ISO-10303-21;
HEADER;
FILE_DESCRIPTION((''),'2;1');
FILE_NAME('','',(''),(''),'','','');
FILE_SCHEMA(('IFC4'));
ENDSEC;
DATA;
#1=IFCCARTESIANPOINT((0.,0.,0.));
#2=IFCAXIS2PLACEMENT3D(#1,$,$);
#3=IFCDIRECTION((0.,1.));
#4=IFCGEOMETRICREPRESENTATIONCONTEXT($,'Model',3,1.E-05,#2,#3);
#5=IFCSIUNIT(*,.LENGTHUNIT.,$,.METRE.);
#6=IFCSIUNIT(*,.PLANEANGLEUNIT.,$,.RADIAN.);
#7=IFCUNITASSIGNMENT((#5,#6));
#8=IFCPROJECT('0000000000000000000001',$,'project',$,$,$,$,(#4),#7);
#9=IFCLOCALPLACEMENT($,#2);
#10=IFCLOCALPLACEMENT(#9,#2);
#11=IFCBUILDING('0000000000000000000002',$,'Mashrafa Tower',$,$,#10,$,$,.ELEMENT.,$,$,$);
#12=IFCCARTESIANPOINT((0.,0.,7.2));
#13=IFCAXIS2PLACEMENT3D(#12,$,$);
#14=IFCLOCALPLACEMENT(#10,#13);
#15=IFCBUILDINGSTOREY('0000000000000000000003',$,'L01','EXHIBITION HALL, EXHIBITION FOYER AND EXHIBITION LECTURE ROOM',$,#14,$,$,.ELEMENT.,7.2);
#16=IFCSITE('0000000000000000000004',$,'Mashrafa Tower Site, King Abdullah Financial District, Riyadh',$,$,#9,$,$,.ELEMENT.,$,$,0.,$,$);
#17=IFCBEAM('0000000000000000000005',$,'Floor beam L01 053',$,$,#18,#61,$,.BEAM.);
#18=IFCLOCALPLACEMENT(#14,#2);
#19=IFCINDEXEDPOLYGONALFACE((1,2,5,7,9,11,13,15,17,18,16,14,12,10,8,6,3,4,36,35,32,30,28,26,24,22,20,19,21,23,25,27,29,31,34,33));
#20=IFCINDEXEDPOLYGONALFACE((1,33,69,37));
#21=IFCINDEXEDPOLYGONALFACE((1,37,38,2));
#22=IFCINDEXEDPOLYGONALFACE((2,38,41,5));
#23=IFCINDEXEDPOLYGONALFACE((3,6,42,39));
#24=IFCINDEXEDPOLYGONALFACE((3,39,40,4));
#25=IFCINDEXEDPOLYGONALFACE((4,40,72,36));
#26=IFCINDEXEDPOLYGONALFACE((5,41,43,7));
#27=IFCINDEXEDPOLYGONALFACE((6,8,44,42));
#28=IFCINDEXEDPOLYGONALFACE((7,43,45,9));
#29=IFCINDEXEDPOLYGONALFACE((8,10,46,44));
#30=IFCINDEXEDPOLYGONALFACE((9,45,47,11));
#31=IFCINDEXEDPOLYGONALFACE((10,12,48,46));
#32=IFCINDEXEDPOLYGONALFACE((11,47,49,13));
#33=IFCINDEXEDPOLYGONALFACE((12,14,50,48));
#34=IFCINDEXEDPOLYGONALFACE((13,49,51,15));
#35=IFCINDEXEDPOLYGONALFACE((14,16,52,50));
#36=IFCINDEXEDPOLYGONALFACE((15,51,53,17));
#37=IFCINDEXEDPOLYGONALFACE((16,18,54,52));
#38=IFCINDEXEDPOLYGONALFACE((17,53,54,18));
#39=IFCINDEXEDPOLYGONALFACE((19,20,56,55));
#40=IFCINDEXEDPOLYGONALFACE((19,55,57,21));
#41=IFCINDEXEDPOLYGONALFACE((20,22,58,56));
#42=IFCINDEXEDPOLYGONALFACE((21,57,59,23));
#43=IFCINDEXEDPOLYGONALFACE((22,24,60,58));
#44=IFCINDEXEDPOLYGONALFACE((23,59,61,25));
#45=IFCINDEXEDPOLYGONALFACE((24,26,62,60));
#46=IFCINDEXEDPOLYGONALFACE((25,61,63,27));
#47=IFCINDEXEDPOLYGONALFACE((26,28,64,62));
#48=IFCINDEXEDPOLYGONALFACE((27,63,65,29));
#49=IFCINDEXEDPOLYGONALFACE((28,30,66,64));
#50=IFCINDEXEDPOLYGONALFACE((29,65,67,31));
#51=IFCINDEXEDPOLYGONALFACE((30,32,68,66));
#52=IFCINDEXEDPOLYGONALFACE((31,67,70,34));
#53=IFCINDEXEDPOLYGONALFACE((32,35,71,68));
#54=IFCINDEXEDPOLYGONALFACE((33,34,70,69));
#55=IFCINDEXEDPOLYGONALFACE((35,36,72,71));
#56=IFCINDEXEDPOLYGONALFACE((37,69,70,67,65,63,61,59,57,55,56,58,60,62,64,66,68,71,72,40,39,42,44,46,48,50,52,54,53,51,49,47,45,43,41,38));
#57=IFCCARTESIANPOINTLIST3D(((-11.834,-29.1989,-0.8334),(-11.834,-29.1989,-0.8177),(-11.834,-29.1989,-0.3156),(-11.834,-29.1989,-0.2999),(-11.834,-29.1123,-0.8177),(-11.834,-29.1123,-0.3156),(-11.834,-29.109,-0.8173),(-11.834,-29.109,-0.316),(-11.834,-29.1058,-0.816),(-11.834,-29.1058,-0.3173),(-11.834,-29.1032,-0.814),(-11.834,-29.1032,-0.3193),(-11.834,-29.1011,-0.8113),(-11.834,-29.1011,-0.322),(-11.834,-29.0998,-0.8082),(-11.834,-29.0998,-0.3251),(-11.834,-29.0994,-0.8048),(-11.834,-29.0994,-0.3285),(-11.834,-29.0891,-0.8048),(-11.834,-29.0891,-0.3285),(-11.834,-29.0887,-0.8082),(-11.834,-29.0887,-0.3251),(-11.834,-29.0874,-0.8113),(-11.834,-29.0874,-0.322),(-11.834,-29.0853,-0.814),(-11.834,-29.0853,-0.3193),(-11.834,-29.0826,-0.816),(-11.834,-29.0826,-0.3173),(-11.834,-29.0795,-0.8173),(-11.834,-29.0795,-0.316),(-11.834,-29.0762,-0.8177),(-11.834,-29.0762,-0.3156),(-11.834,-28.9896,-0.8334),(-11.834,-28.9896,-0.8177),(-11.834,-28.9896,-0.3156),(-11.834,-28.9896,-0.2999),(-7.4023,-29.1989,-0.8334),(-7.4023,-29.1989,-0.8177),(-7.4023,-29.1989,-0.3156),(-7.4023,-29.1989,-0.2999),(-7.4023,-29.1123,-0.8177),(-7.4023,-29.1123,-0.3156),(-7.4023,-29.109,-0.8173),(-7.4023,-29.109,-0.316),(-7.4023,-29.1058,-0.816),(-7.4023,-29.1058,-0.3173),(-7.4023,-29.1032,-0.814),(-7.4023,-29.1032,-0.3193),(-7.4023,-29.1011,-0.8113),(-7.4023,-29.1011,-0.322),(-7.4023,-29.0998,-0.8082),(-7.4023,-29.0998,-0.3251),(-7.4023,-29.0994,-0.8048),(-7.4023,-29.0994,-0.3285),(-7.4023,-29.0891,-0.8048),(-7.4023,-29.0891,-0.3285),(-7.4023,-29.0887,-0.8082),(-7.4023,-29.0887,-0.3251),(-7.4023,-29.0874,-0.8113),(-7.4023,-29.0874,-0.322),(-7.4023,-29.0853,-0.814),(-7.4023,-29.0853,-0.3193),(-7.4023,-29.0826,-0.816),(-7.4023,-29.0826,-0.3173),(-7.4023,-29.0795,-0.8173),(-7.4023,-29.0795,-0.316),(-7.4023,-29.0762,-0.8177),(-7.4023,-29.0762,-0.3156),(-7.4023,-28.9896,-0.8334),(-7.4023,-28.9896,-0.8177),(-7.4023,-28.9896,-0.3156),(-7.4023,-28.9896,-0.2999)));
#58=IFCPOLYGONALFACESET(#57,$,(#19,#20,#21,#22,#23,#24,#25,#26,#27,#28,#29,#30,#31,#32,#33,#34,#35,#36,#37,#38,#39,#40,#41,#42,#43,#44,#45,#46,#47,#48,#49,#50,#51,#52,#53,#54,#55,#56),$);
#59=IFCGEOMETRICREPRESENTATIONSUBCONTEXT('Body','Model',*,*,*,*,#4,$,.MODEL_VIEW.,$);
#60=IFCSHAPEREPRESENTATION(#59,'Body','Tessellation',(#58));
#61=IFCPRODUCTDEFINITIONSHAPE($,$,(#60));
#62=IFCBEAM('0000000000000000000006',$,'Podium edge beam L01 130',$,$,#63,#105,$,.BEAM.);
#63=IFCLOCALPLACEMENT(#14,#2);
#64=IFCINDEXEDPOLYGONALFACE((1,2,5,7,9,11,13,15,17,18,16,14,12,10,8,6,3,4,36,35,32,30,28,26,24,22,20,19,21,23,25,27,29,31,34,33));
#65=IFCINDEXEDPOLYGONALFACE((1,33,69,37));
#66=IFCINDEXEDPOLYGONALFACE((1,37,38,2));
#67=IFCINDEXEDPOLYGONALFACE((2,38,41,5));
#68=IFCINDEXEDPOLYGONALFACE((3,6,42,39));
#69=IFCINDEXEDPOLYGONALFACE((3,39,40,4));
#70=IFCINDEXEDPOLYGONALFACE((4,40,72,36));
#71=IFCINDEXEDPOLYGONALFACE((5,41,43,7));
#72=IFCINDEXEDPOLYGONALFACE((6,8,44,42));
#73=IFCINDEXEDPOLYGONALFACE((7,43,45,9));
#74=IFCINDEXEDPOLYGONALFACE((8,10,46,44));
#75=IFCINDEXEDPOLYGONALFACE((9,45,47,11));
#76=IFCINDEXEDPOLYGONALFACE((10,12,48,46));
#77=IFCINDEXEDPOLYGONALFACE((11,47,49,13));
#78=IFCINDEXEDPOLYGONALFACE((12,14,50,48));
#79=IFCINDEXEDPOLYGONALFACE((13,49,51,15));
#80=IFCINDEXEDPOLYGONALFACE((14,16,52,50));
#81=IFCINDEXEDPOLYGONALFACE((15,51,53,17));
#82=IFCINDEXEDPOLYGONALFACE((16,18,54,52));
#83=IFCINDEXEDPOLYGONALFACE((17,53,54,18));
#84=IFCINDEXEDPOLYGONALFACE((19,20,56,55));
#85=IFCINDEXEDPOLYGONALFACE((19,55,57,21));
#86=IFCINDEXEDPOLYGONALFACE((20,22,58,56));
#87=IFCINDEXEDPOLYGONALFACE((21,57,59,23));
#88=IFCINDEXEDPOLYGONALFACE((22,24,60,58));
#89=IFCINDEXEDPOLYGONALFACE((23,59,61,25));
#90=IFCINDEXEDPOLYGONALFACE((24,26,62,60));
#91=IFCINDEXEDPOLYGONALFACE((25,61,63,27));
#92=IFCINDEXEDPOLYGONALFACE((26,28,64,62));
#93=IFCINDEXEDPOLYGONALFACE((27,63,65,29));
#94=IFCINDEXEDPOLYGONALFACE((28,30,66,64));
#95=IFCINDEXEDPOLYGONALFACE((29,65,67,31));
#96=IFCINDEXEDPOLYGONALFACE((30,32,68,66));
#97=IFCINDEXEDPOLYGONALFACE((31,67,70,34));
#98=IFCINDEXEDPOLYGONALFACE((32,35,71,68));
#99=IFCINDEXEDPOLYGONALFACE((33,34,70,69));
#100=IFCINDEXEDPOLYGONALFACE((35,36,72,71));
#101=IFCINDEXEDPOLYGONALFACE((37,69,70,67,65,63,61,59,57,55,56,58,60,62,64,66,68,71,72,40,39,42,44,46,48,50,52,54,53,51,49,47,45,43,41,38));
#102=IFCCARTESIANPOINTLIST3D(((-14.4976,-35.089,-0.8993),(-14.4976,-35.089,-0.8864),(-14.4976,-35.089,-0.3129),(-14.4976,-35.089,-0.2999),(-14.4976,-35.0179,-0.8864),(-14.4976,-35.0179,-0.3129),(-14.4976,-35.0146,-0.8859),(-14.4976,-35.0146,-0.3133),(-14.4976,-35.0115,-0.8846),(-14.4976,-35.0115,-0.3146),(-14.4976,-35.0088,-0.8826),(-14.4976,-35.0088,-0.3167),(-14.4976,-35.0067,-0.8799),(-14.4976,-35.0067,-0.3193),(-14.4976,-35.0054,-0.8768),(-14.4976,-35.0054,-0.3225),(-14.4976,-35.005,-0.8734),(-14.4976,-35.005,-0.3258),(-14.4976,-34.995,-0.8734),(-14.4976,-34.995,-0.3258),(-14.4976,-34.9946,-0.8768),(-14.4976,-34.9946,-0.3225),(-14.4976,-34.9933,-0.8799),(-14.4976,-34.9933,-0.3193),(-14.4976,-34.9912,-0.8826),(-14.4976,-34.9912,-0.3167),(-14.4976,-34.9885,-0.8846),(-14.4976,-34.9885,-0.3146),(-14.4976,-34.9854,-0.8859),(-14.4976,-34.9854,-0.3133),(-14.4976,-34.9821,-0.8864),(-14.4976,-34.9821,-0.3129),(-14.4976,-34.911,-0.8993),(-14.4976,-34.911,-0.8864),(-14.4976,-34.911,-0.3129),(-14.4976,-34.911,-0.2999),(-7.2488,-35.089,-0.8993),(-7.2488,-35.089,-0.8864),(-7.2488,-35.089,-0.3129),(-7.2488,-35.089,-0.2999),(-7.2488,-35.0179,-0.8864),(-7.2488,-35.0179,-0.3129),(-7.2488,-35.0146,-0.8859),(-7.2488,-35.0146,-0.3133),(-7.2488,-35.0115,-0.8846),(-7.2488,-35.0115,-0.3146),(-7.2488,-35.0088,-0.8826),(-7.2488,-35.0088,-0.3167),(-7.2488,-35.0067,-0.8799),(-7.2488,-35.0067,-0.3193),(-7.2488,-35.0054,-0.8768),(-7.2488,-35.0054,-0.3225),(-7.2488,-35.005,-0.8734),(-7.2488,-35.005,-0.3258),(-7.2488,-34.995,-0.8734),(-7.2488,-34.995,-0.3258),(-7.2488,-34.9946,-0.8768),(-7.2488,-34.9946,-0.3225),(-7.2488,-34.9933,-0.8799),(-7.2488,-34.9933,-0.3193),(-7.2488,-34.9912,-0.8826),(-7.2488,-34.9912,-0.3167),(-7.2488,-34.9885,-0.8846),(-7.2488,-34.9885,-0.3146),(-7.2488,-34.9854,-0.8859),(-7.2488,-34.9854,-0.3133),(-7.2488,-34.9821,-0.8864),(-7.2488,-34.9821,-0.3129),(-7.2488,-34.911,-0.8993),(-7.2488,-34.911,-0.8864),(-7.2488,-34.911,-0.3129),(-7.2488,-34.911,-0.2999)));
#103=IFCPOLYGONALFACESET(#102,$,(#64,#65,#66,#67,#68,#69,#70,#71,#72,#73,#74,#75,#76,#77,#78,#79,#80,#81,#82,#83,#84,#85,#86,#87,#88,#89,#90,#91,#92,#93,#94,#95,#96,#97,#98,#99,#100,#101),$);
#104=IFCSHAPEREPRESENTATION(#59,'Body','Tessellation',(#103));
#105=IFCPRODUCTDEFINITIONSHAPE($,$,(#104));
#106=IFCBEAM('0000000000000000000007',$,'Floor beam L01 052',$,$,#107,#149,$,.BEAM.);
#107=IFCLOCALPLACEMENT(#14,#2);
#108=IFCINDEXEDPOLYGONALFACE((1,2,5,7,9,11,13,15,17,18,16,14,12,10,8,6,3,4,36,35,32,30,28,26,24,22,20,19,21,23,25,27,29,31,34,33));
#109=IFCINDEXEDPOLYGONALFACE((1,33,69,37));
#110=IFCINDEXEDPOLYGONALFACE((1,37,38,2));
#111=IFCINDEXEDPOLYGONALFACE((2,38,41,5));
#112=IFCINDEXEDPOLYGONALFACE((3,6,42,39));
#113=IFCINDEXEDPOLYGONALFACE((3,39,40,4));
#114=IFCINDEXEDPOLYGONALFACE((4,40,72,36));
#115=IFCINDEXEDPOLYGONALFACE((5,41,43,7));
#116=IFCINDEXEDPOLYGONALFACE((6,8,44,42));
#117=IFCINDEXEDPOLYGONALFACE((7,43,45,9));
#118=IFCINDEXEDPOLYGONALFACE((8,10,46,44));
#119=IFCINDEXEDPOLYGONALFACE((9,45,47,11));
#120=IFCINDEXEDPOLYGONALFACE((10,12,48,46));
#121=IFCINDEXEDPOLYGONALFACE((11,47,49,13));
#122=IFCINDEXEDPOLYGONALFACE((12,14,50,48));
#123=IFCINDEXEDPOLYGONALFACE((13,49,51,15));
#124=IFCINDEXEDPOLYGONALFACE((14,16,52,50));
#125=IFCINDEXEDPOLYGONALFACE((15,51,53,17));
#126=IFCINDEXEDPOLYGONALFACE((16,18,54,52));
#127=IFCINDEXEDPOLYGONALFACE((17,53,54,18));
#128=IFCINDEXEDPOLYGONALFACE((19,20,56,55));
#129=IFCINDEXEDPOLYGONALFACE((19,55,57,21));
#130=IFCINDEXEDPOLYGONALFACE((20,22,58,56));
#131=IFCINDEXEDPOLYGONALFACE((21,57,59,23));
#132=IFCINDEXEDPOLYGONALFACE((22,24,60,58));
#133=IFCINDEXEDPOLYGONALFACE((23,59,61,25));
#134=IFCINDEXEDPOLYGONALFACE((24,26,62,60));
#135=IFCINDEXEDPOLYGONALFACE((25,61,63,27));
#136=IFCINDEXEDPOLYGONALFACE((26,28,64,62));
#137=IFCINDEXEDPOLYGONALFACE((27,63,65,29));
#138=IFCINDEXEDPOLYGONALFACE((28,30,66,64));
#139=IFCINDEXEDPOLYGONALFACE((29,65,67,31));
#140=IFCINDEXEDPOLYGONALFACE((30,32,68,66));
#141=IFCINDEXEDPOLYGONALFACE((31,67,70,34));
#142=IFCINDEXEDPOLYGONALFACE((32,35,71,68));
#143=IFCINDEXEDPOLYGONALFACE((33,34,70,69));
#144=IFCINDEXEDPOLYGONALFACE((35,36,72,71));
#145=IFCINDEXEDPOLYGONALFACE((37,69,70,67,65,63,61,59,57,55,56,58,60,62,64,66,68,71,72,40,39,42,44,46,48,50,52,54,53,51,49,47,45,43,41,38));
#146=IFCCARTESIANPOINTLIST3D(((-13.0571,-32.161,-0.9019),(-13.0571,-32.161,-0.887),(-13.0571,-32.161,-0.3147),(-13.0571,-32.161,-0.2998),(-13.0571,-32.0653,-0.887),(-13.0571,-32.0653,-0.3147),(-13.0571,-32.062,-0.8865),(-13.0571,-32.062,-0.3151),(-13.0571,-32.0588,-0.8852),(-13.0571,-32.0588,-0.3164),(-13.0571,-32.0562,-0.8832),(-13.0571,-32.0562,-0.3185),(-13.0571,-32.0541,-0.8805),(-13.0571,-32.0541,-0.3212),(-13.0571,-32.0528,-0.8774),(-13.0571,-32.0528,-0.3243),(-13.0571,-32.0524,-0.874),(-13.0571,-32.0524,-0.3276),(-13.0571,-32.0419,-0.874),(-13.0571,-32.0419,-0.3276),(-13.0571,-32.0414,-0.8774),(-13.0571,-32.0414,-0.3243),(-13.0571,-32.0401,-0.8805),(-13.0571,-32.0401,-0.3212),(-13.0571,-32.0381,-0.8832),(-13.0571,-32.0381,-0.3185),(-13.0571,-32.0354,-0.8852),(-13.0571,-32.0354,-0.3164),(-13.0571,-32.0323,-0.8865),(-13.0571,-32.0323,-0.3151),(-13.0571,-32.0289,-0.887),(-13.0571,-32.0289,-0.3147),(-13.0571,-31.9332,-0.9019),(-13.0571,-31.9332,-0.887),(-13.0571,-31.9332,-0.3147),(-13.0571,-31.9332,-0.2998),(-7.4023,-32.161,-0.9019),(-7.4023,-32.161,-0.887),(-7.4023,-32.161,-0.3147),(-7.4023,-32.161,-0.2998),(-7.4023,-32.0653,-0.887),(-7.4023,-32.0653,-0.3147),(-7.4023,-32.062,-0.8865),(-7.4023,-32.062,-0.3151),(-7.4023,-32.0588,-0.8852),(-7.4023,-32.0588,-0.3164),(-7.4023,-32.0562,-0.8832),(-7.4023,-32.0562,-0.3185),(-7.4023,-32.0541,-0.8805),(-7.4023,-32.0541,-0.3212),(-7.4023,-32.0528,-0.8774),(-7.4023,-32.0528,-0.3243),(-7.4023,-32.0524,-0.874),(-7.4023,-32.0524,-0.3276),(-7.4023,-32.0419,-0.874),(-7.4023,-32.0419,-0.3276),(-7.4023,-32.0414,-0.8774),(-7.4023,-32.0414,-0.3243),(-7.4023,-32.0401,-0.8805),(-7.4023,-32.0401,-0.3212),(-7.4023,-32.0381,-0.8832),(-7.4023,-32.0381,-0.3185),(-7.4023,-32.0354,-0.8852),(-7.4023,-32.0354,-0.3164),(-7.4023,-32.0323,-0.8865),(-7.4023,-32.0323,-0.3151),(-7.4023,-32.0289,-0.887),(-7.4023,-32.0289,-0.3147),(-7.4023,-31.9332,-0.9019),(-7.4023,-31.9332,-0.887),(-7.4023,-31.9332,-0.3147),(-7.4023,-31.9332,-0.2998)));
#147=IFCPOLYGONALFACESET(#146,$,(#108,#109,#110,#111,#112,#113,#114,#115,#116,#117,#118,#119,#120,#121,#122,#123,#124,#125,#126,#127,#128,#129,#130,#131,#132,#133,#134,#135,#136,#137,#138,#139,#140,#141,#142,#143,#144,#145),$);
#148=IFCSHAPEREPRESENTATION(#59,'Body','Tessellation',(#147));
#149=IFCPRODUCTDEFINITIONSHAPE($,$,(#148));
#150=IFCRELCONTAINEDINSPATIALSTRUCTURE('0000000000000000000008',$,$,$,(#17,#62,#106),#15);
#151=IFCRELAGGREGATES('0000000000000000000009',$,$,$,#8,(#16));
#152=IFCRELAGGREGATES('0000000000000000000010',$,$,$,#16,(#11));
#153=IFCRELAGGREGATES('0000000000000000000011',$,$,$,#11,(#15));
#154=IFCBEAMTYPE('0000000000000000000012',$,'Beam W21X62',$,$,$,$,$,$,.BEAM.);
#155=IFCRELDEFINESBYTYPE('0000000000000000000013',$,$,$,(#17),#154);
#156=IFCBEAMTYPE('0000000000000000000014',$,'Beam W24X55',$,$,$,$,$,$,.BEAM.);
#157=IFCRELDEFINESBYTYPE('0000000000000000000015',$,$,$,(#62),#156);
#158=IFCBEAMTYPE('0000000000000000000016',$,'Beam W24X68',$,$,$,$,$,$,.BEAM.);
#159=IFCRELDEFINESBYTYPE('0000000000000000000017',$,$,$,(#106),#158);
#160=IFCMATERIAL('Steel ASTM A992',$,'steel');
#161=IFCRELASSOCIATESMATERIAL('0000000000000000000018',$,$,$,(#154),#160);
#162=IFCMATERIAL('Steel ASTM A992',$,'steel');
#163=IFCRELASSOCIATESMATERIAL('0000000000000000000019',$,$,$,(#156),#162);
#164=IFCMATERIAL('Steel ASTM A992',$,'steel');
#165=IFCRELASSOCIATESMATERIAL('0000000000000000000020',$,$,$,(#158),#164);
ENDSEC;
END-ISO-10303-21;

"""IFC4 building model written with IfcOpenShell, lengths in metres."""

from ifc_helpers import new_model, si_unit, direction, frame, origin, origin_2d, place, context, subcontext, project, spatial, i_section, extrude, material, material_profile, profile_set, type_object, element, save


model = new_model("IFC4")

# Units and contexts
model_context = context("Model", 3, precision=1e-05, world=origin(), true_north=direction((0.0, 1.0)))
body_context = subcontext(model_context, "Body", "Model", "MODEL_VIEW")
ifc_project = project(units=[si_unit("LENGTHUNIT", "METRE"), si_unit("PLANEANGLEUNIT", "RADIAN")], contexts=[model_context])

# Site, building, storey
site_placement = place(None, origin())
site = spatial("IfcSite", under=ifc_project, at=site_placement, Name="Mashrafa Tower Site, King Abdullah Financial District, Riyadh", CompositionType="ELEMENT", RefElevation=0.0)
building_placement = place(site_placement, origin())
building = spatial("IfcBuilding", under=site, at=building_placement, Name="Mashrafa Tower", CompositionType="ELEMENT")
storey_placement = place(building_placement, frame((0.0, 0.0, 7.2)))
storey = spatial("IfcBuildingStorey", under=building, at=storey_placement, Name="L01", Description="EXHIBITION HALL, EXHIBITION FOYER AND EXHIBITION LECTURE ROOM", CompositionType="ELEMENT", Elevation=7.2)

# Beams
ifc_material_1 = material(Name="Steel ASTM A992", Category="steel")
ifc_material_profile_1 = material_profile(ifc_material_1, i_section(OverallWidth=0.2092, OverallDepth=0.5334, WebThickness=0.0103, FlangeThickness=0.0156, FilletRadius=0.0129, at=origin_2d()), Name="W21X62")
ifc_profile_set_1 = profile_set([ifc_material_profile_1], Name="Steel ASTM A992")
beam_type_1 = type_object("IfcBeamType", Name="Beam W21X62", PredefinedType="BEAM", material=ifc_profile_set_1)
beam_1_placement = place(storey_placement, frame((-7.4023, -29.0942, -0.5667), z_axis=(-1.0, 0.0, 0.0), x_axis=(0.0, -1.0, 0.0)))
element("IfcBeam", 1, at=beam_1_placement, inside=storey, type_object=beam_type_1, Name="Floor beam L01 053", PredefinedType="BEAM", context=body_context, shape_type="SweptSolid", body=[
    extrude(i_section(OverallWidth=0.2092, OverallDepth=0.5334, WebThickness=0.0103, FlangeThickness=0.0156, FilletRadius=0.0129, at=origin_2d()), origin(), (0.0, 0.0, 1.0), 4.4316),
])
ifc_material_2 = material(Name="Steel ASTM A992", Category="steel")
ifc_material_profile_2 = material_profile(ifc_material_2, i_section(OverallWidth=0.178, OverallDepth=0.5994, WebThickness=0.01, FlangeThickness=0.0129, FilletRadius=0.0129, at=origin_2d()), Name="W24X55")
ifc_profile_set_2 = profile_set([ifc_material_profile_2], Name="Steel ASTM A992")
beam_type_2 = type_object("IfcBeamType", Name="Beam W24X55", PredefinedType="BEAM", material=ifc_profile_set_2)
beam_2_placement = place(storey_placement, frame((-14.4976, -35.0, -0.5996), z_axis=(1.0, 0.0, 0.0), x_axis=(0.0, 1.0, 0.0)))
element("IfcBeam", 2, at=beam_2_placement, inside=storey, type_object=beam_type_2, Name="Podium edge beam L01 130", PredefinedType="BEAM", context=body_context, shape_type="SweptSolid", body=[
    extrude(i_section(OverallWidth=0.178, OverallDepth=0.5994, WebThickness=0.01, FlangeThickness=0.0129, FilletRadius=0.0129, at=origin_2d()), origin(), (0.0, 0.0, 1.0), 7.2488),
])
ifc_material_3 = material(Name="Steel ASTM A992", Category="steel")
ifc_material_profile_3 = material_profile(ifc_material_3, i_section(OverallWidth=0.2278, OverallDepth=0.6021, WebThickness=0.0105, FlangeThickness=0.0149, FilletRadius=0.0129, at=origin_2d()), Name="W24X68")
ifc_profile_set_3 = profile_set([ifc_material_profile_3], Name="Steel ASTM A992")
beam_type_3 = type_object("IfcBeamType", Name="Beam W24X68", PredefinedType="BEAM", material=ifc_profile_set_3)
beam_3_placement = place(storey_placement, frame((-7.4023, -32.0471, -0.6008), z_axis=(-1.0, 0.0, 0.0), x_axis=(0.0, -1.0, 0.0)))
element("IfcBeam", 3, at=beam_3_placement, inside=storey, type_object=beam_type_3, Name="Floor beam L01 052", PredefinedType="BEAM", context=body_context, shape_type="SweptSolid", body=[
    extrude(i_section(OverallWidth=0.2278, OverallDepth=0.6021, WebThickness=0.0105, FlangeThickness=0.0149, FilletRadius=0.0129, at=origin_2d()), origin(), (0.0, 0.0, 1.0), 5.6548),
])

save(model, "model.ifc")
